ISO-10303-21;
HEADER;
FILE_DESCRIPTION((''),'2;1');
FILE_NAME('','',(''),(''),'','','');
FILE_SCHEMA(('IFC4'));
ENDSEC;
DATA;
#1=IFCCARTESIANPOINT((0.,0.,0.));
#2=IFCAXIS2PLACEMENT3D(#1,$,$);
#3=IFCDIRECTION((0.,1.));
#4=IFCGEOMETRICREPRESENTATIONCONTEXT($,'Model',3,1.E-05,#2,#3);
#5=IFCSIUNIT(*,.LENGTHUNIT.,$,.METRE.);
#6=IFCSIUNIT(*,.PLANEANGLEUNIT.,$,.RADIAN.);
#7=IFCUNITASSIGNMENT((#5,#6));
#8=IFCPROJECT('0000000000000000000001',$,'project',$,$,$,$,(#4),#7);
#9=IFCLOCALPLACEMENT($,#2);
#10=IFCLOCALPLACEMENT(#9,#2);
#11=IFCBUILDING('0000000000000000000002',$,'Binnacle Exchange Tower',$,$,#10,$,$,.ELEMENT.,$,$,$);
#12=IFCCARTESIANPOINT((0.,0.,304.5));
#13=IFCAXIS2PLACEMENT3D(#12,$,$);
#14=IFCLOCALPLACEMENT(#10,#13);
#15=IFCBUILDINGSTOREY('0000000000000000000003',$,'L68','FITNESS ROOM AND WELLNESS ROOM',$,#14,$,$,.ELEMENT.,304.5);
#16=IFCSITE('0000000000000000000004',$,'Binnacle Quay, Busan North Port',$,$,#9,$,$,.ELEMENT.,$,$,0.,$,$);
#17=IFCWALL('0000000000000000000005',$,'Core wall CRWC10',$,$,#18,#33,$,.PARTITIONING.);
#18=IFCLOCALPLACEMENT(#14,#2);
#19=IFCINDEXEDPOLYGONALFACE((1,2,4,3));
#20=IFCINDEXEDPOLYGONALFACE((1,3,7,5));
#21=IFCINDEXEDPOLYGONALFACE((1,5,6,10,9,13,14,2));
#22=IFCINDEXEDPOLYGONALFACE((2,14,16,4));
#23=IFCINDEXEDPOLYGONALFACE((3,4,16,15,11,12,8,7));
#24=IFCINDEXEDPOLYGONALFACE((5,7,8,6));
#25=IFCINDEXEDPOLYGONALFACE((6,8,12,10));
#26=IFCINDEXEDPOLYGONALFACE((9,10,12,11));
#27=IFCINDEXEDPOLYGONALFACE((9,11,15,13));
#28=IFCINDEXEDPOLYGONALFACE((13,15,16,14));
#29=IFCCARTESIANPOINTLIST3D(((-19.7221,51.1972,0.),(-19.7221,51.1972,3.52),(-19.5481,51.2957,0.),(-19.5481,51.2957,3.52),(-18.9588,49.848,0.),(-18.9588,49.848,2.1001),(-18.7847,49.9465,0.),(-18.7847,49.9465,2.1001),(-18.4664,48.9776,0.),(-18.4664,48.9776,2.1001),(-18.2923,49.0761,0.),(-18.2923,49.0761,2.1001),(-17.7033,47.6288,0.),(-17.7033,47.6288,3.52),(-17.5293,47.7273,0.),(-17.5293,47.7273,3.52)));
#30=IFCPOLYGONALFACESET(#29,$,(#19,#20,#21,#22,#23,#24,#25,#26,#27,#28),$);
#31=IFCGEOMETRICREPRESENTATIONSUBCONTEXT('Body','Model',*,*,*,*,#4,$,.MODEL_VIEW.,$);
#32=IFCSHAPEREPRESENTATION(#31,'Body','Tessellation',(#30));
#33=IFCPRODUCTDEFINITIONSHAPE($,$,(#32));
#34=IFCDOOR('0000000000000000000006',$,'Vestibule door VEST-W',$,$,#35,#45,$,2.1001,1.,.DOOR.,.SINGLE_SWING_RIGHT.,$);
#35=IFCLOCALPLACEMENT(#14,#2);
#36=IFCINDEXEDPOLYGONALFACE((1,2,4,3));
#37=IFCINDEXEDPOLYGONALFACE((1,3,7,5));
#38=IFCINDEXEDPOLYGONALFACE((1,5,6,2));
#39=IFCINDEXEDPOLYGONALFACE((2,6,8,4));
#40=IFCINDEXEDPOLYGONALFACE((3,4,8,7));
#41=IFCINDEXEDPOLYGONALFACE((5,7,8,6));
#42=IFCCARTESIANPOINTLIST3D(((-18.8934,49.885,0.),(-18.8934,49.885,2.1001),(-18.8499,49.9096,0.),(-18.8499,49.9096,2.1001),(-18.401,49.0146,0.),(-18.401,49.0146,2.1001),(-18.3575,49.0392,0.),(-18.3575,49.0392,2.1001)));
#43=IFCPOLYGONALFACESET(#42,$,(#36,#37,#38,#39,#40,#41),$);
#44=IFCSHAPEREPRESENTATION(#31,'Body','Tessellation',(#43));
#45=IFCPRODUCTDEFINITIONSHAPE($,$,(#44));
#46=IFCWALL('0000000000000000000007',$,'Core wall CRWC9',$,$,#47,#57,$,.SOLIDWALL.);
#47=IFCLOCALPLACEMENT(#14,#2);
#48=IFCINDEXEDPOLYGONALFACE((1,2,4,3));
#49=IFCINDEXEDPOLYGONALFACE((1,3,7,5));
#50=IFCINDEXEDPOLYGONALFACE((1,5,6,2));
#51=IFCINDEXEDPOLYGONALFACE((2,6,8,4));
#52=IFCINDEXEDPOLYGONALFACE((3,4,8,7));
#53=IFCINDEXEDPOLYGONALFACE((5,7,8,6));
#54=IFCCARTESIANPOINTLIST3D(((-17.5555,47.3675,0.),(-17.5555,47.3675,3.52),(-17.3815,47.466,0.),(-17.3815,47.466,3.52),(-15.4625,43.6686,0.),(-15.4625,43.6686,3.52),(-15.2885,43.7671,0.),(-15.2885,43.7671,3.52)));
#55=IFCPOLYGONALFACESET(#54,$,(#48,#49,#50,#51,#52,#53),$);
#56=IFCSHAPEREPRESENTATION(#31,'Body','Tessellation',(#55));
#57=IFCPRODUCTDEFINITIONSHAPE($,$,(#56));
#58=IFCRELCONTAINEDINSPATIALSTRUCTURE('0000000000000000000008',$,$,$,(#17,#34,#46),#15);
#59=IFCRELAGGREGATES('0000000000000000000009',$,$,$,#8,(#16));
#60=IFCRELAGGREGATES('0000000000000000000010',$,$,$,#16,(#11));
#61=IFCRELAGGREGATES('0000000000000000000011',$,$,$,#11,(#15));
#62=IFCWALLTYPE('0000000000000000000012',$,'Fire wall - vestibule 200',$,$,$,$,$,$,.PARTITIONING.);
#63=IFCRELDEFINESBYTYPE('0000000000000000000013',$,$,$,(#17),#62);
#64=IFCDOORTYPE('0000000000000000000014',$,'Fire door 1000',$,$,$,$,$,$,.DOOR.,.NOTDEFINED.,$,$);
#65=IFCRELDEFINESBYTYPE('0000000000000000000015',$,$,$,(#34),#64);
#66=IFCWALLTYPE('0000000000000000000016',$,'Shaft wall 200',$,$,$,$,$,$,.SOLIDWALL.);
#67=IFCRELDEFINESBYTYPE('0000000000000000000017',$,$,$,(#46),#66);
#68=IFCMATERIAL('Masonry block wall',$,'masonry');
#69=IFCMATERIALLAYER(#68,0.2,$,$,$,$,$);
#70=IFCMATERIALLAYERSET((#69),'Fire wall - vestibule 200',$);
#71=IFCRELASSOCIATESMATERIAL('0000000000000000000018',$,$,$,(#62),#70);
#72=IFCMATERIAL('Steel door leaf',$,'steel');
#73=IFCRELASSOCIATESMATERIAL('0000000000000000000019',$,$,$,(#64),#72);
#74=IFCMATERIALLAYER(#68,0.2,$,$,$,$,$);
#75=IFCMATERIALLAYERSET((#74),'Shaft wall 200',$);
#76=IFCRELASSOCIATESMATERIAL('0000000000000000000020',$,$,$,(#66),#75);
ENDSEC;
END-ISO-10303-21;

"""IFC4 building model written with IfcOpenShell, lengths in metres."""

from ifc_helpers import new_model, si_unit, direction, frame, frame_2d, origin, place, context, subcontext, project, spatial, rectangle, extrude, material, layer, layer_set, type_object, element, fill, save


model = new_model("IFC4")

# Units and contexts
model_context = context("Model", 3, precision=1e-05, world=origin(), true_north=direction((0.0, 1.0)))
body_context = subcontext(model_context, "Body", "Model", "MODEL_VIEW")
ifc_project = project(units=[si_unit("LENGTHUNIT", "METRE"), si_unit("PLANEANGLEUNIT", "RADIAN")], contexts=[model_context])

# Site, building, storey
site_placement = place(None, origin())
site = spatial("IfcSite", under=ifc_project, at=site_placement, Name="Binnacle Quay, Busan North Port", CompositionType="ELEMENT", RefElevation=0.0)
building_placement = place(site_placement, origin())
building = spatial("IfcBuilding", under=site, at=building_placement, Name="Binnacle Exchange Tower", CompositionType="ELEMENT")
storey_placement = place(building_placement, frame((0.0, 0.0, 304.5)))
storey = spatial("IfcBuildingStorey", under=building, at=storey_placement, Name="L68", Description="FITNESS ROOM AND WELLNESS ROOM", CompositionType="ELEMENT", Elevation=304.5)

# Shared definitions
ifc_material_1 = material(Name="Steel door leaf", Category="steel")

# Wall, opening, door
ifc_material_2 = material(Name="Masonry block wall", Category="masonry")
ifc_layer_1 = layer(ifc_material_2, 0.2)
ifc_layer_set_1 = layer_set([ifc_layer_1], Name="Fire wall - vestibule 200")
wall_type_1 = type_object("IfcWallType", Name="Fire wall - vestibule 200", PredefinedType="PARTITIONING", material=ifc_layer_set_1)
wall_1_placement = place(storey_placement, frame((-19.635, 51.2463, 0.0), z_axis=(0.0, 0.0, 1.0), x_axis=(0.492408, -0.870364, 0.0)))
wall_1 = element("IfcWall", 1, at=wall_1_placement, inside=storey, type_object=wall_type_1, Name="Core wall CRWC10", PredefinedType="PARTITIONING", context=body_context, shape_type="SweptSolid", body=[
    extrude(rectangle(XDim=4.0999, YDim=0.2, at=frame_2d((2.0498, 0.0))), origin(), (0.0, 0.0, 1.0), 3.52),
])
opening_1_placement = place(wall_1_placement, frame((1.55, 0.0, 0.0)))
opening_1 = element("IfcOpeningElement", 2, at=opening_1_placement, cuts=wall_1, PredefinedType="OPENING", context=body_context, shape_type="SweptSolid", body=[
    extrude(rectangle(XDim=1.0, YDim=2.1001, at=frame_2d((0.5, 1.05))), frame((0.0, 0.1099, 0.0), z_axis=(0.0, -1.0, 0.0), x_axis=(1.0, 0.0, 0.0)), (0.0, 0.0, 1.0), 0.22),
])
door_type_1 = type_object("IfcDoorType", Name="Fire door 1000", OperationType="NOTDEFINED", PredefinedType="DOOR", material=ifc_material_1)
door_1_placement = place(opening_1_placement, frame((1.0, 0.0, 0.0), z_axis=(0.0, 0.0, 1.0), x_axis=(-1.0, 0.0, 0.0)))
door_1 = element("IfcDoor", 3, at=door_1_placement, inside=storey, type_object=door_type_1, Name="Vestibule door VEST-W", OperationType="SINGLE_SWING_RIGHT", OverallHeight=2.1001, OverallWidth=1.0, PredefinedType="DOOR", context=body_context, shape_type="SweptSolid", body=[
    extrude(rectangle(XDim=1.0, YDim=2.1001, at=frame_2d((0.5, 1.05))), frame((0.0, 0.0249, 0.0), z_axis=(0.0, -1.0, 0.0), x_axis=(1.0, 0.0, 0.0)), (0.0, 0.0, 1.0), 0.05),
])
fill(opening_1, door_1)

# Wall
ifc_layer_2 = layer(ifc_material_2, 0.2)
ifc_layer_set_2 = layer_set([ifc_layer_2], Name="Shaft wall 200")
wall_type_2 = type_object("IfcWallType", Name="Shaft wall 200", PredefinedType="SOLIDWALL", material=ifc_layer_set_2)
wall_2_placement = place(storey_placement, frame((-17.4685, 47.4167, 0.0), z_axis=(0.0, 0.0, 1.0), x_axis=(0.492466, -0.870332, 0.0)))
element("IfcWall", 4, at=wall_2_placement, inside=storey, type_object=wall_type_2, Name="Core wall CRWC9", PredefinedType="SOLIDWALL", context=body_context, shape_type="SweptSolid", body=[
    extrude(rectangle(XDim=4.25, YDim=0.2, at=frame_2d((2.125, 0.0))), origin(), (0.0, 0.0, 1.0), 3.52),
])

save(model, "model.ifc")
